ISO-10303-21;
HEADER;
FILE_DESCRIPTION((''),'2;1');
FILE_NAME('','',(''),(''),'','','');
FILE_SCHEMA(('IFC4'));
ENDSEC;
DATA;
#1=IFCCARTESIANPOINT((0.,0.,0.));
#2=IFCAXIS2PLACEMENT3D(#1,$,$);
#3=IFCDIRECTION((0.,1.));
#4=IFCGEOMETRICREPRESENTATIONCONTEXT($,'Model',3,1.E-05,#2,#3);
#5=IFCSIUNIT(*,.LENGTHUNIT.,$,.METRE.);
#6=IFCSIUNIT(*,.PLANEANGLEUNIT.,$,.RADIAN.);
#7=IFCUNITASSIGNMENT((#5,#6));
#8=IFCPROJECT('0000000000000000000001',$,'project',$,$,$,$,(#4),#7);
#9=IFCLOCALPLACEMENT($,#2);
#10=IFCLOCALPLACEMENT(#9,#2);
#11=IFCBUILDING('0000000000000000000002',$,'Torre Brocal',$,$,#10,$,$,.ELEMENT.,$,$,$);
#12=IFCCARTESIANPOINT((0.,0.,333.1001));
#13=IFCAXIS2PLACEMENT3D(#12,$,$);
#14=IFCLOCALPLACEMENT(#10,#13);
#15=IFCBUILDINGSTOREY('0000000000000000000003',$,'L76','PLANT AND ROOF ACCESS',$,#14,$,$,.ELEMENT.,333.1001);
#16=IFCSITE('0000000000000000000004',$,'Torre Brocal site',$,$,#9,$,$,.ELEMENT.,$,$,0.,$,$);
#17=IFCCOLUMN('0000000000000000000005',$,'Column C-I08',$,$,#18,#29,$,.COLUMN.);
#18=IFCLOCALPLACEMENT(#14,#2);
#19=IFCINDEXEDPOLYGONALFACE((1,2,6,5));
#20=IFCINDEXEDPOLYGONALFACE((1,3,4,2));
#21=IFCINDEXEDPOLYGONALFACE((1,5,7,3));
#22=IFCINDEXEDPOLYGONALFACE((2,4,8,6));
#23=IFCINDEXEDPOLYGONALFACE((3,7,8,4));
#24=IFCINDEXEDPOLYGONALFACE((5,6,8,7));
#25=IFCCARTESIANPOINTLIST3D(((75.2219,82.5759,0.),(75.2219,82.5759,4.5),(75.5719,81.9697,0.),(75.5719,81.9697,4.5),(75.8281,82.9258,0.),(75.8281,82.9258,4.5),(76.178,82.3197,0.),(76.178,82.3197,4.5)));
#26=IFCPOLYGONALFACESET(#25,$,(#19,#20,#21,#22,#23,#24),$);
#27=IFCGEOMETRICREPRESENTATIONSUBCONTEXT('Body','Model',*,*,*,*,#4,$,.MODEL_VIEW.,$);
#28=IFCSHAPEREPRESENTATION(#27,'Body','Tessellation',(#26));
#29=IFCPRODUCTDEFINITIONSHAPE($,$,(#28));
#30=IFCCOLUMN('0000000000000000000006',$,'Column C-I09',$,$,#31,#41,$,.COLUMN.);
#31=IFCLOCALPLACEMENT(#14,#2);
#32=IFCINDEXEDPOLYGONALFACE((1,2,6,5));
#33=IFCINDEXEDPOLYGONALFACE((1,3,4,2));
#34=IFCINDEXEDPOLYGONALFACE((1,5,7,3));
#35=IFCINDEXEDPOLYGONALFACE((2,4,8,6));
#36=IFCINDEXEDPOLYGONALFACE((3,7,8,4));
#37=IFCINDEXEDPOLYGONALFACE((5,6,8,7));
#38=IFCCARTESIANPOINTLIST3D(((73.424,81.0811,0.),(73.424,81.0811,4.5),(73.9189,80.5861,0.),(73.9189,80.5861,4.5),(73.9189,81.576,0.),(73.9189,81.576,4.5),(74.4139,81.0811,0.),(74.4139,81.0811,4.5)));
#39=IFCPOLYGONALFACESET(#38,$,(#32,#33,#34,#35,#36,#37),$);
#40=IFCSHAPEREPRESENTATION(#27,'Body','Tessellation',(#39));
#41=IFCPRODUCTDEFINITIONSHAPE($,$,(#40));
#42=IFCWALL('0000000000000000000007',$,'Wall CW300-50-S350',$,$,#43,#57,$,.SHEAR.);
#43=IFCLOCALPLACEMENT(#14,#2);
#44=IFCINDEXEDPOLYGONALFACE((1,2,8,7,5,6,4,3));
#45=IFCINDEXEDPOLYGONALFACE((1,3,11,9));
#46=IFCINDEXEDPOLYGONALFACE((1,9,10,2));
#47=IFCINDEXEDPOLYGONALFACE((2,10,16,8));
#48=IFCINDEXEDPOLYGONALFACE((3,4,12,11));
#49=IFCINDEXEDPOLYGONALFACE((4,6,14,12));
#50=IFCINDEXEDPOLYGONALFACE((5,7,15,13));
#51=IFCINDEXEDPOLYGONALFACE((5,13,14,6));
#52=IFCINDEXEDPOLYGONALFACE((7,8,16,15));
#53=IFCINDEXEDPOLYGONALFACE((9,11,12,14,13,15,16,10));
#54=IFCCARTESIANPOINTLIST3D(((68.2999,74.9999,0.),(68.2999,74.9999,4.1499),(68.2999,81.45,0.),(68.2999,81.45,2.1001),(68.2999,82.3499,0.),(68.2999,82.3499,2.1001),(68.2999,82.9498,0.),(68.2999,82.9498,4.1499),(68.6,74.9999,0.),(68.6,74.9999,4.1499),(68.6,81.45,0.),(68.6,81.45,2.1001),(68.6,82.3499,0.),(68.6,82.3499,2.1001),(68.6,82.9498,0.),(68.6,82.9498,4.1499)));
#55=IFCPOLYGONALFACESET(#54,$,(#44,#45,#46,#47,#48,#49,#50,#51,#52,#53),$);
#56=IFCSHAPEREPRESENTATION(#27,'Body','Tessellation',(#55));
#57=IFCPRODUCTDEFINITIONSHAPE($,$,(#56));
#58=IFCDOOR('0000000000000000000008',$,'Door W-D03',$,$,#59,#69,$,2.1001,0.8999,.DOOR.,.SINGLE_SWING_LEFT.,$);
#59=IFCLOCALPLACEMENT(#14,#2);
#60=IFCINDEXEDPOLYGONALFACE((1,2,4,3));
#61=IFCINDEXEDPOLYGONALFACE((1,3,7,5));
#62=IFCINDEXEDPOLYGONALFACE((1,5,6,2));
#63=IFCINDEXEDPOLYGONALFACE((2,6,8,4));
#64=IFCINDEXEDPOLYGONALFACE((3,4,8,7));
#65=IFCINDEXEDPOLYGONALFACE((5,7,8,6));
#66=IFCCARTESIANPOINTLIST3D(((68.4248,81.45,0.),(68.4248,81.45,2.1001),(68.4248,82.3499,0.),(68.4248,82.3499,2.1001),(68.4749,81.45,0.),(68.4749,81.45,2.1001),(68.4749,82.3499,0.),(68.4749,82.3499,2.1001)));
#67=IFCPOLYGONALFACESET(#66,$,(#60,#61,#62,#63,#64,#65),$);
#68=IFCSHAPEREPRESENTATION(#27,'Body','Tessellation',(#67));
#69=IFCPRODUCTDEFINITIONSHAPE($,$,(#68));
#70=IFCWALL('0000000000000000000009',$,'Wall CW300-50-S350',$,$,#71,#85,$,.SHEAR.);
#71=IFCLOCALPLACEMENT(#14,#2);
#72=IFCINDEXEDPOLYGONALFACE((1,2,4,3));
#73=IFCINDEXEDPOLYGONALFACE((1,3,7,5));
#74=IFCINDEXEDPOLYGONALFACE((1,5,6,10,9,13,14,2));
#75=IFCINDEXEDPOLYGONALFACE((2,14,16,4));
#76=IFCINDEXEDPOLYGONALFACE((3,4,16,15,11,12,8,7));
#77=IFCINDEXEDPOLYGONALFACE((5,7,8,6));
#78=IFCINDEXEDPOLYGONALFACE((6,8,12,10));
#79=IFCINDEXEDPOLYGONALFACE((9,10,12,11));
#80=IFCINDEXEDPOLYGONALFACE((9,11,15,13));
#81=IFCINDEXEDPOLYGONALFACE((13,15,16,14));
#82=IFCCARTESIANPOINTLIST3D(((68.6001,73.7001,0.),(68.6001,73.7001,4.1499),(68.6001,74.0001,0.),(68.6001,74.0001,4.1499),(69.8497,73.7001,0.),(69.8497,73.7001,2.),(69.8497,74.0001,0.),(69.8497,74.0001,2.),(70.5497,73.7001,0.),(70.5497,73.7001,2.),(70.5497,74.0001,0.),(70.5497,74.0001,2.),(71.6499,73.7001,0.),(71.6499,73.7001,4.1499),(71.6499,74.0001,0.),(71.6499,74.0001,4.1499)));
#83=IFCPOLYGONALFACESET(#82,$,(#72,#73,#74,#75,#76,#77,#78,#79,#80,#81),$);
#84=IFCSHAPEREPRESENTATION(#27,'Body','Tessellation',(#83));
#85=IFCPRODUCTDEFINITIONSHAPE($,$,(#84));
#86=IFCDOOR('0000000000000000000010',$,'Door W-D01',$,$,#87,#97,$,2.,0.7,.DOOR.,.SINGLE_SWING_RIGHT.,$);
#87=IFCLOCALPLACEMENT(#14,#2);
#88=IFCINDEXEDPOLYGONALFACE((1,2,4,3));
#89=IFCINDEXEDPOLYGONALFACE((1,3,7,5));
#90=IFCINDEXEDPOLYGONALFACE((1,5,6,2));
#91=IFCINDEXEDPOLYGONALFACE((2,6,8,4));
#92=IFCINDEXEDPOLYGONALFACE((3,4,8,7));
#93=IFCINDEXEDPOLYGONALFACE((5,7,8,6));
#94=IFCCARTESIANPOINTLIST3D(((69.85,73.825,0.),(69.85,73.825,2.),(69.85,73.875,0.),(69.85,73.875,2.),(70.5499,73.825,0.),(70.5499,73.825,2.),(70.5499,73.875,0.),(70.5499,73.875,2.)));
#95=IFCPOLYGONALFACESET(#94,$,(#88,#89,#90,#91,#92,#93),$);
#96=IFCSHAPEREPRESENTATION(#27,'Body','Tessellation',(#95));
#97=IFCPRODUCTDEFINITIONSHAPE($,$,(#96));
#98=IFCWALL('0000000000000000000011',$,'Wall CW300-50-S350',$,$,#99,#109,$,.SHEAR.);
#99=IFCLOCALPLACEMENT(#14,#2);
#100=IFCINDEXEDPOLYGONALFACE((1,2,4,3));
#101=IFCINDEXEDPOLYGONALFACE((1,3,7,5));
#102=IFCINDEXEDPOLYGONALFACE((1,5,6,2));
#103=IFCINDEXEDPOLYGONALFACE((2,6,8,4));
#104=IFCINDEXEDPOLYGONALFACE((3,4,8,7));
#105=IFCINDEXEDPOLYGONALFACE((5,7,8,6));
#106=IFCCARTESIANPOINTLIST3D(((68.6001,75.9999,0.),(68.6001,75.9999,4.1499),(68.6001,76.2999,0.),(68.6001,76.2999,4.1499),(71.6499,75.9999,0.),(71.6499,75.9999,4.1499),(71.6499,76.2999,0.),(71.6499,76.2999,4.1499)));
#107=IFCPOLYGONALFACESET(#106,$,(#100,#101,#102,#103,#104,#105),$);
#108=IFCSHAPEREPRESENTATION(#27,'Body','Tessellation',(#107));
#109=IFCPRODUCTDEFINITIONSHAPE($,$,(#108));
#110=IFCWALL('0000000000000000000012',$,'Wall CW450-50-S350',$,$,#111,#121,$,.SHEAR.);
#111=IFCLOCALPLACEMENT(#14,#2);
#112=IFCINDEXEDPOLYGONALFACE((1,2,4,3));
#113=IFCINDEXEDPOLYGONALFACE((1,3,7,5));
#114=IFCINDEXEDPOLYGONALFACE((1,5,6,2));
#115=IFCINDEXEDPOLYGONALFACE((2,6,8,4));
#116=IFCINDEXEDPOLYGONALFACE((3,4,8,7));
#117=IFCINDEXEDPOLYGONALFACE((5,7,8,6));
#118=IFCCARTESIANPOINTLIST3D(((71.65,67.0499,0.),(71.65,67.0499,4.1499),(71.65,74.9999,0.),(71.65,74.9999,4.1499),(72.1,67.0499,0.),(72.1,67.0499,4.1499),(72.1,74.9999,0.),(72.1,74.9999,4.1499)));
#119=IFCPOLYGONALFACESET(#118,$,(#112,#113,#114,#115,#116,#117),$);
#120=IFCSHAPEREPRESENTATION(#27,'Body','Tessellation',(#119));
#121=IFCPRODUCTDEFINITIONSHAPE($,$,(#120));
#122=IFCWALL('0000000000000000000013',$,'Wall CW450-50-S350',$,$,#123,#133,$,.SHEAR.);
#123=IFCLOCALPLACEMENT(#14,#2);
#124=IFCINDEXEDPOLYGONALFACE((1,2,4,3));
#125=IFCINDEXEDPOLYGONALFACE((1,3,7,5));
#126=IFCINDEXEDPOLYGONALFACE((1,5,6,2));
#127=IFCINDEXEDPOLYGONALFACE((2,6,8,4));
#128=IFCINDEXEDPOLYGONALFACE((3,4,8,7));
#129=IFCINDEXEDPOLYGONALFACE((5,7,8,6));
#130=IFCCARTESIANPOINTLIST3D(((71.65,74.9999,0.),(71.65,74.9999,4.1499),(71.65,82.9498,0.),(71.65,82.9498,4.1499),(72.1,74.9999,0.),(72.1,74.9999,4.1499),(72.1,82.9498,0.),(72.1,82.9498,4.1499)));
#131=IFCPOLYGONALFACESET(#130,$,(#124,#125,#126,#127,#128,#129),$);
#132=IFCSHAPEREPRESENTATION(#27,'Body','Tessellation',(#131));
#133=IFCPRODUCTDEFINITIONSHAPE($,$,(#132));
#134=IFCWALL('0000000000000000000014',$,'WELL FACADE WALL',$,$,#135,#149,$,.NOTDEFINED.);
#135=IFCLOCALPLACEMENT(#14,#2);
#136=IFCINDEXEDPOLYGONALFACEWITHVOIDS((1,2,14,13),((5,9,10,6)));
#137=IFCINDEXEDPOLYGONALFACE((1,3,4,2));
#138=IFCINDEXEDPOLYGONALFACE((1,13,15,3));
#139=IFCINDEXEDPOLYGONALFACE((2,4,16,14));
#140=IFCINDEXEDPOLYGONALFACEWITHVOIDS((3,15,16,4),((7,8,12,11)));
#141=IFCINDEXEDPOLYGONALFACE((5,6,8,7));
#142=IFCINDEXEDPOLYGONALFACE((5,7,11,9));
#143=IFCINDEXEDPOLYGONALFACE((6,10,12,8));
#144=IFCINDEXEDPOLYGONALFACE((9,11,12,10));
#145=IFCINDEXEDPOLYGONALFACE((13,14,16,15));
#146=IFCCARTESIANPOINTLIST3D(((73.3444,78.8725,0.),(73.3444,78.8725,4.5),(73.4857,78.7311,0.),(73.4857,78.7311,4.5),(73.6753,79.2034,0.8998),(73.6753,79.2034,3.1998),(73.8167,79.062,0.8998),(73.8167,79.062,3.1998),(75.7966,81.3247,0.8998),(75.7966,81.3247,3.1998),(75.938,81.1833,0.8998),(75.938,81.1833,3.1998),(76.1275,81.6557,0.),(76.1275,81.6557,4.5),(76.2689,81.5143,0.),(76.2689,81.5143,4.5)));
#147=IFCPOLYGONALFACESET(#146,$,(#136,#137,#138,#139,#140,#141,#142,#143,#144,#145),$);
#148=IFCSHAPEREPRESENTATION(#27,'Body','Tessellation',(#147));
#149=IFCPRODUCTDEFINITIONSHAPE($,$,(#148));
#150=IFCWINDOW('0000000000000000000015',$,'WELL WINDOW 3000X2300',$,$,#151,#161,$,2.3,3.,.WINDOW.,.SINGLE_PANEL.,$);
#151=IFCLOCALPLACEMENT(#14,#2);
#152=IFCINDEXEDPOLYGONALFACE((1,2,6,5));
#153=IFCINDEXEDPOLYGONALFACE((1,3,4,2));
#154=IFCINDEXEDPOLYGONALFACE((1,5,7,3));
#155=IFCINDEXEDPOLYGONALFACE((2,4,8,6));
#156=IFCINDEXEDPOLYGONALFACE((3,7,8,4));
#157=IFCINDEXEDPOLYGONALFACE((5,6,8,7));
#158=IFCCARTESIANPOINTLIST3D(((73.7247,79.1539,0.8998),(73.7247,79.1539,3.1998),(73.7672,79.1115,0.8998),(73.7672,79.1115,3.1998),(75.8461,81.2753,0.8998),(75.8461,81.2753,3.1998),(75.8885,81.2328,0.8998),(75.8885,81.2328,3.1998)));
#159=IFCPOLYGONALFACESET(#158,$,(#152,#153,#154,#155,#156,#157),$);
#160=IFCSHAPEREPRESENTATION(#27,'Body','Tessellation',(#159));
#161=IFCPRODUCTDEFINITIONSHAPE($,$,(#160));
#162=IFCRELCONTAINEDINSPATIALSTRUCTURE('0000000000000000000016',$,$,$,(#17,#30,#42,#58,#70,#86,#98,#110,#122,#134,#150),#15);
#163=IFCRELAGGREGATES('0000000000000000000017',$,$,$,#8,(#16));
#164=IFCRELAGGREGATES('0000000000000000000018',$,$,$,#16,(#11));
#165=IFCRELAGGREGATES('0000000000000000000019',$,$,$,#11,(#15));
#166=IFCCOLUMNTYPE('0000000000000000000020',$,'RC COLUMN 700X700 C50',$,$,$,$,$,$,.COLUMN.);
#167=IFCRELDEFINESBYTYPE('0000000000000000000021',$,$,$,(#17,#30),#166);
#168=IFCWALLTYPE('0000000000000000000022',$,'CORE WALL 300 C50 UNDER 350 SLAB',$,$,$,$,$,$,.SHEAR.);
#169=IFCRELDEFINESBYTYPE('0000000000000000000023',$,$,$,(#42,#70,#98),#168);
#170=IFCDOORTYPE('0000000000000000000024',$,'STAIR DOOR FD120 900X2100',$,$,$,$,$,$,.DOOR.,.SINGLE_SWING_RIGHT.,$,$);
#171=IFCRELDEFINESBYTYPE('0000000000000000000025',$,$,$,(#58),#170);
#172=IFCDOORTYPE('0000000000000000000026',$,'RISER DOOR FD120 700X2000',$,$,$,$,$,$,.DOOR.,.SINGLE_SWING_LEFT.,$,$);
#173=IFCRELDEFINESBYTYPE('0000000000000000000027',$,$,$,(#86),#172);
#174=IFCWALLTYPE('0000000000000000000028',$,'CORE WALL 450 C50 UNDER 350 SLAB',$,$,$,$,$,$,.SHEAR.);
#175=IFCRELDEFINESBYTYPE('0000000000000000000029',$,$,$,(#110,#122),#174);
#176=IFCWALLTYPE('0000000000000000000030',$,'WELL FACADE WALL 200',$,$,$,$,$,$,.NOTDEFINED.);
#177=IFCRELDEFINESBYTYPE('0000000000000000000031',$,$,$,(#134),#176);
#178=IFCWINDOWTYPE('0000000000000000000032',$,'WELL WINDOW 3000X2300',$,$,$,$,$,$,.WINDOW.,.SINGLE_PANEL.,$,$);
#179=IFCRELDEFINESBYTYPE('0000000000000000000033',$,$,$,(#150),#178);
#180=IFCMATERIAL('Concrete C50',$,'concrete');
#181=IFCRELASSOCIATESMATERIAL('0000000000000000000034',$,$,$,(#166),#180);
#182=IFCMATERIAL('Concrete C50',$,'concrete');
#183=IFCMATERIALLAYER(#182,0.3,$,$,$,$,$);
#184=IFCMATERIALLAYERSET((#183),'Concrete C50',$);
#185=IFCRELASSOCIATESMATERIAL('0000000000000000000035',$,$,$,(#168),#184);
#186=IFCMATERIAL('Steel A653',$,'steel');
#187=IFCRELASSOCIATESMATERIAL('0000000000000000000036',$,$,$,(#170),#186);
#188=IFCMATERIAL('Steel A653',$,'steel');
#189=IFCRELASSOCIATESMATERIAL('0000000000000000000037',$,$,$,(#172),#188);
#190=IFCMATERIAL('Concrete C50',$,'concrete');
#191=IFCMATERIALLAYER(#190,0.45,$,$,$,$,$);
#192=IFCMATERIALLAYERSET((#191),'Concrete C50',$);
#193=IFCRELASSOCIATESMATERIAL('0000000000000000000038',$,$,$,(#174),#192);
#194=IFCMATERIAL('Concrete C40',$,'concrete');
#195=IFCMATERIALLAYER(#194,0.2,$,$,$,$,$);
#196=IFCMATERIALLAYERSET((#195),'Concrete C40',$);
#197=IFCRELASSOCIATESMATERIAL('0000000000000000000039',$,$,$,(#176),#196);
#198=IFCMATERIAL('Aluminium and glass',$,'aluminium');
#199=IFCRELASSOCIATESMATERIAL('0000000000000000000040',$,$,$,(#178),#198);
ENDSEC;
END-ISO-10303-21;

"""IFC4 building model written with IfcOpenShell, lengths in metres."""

from ifc_helpers import new_model, si_unit, direction, frame, frame_2d, origin, origin_2d, place, context, subcontext, project, spatial, rectangle, extrude, material, layer, layer_set, material_profile, profile_set, type_object, element, fill, save


model = new_model("IFC4")

# Units and contexts
model_context = context("Model", 3, precision=1e-05, world=origin(), true_north=direction((0.0, 1.0)))
body_context = subcontext(model_context, "Body", "Model", "MODEL_VIEW")
ifc_project = project(units=[si_unit("LENGTHUNIT", "METRE"), si_unit("PLANEANGLEUNIT", "RADIAN")], contexts=[model_context])

# Site, building, storey
site_placement = place(None, origin())
site = spatial("IfcSite", under=ifc_project, at=site_placement, Name="Torre Brocal site", CompositionType="ELEMENT", RefElevation=0.0)
building_placement = place(site_placement, origin())
building = spatial("IfcBuilding", under=site, at=building_placement, Name="Torre Brocal", CompositionType="ELEMENT")
storey_placement = place(building_placement, frame((0.0, 0.0, 333.1001)))
storey = spatial("IfcBuildingStorey", under=building, at=storey_placement, Name="L76", Description="PLANT AND ROOF ACCESS", CompositionType="ELEMENT", Elevation=333.1001)

# Columns
ifc_material_1 = material(Name="Concrete C50", Category="concrete")
ifc_material_profile = material_profile(ifc_material_1, rectangle(XDim=0.7, YDim=0.7, at=origin_2d()), Name="RC 700X700")
ifc_profile_set = profile_set([ifc_material_profile], Name="Concrete C50")
column_type = type_object("IfcColumnType", Name="RC COLUMN 700X700 C50", PredefinedType="COLUMN", material=ifc_profile_set)
for number, where, z_axis, x_axis, name in (
    (1, (75.7, 82.4478, 0.0), (0.0, 0.0, 1.0), (-0.5, 0.866025, 0.0), "Column C-I08"),
    (2, (73.9189, 81.0811, 0.0), (0.0, 0.0, 1.0), (-0.707107, 0.707107, 0.0), "Column C-I09"),
):
    element("IfcColumn", number, at=place(storey_placement, frame(where, z_axis=z_axis, x_axis=x_axis)), inside=storey, type_object=column_type, Name=name, PredefinedType="COLUMN", context=body_context, shape_type="SweptSolid", body=[
        extrude(rectangle(XDim=0.7, YDim=0.7, at=origin_2d()), origin(), (0.0, 0.0, 1.0), 4.5),
    ])

# Walls, openings, doors
ifc_material_2 = material(Name="Concrete C50", Category="concrete")
ifc_layer_1 = layer(ifc_material_2, 0.3)
ifc_layer_set_1 = layer_set([ifc_layer_1], Name="Concrete C50")
wall_type_1 = type_object("IfcWallType", Name="CORE WALL 300 C50 UNDER 350 SLAB", PredefinedType="SHEAR", material=ifc_layer_set_1)
wall_1_placement = place(storey_placement, frame((68.45, 82.95, 0.0), z_axis=(0.0, 0.0, 1.0), x_axis=(0.0, -1.0, 0.0)))
wall_1 = element("IfcWall", 3, at=wall_1_placement, inside=storey, type_object=wall_type_1, Name="Wall CW300-50-S350", PredefinedType="SHEAR", context=body_context, shape_type="SweptSolid", body=[
    extrude(rectangle(XDim=7.95, YDim=0.3, at=frame_2d((3.9751, 0.0))), origin(), (0.0, 0.0, 1.0), 4.1499),
])
opening_1_placement = place(wall_1_placement, frame((0.6001, 0.0, 0.0)))
opening_1 = element("IfcOpeningElement", 4, at=opening_1_placement, cuts=wall_1, PredefinedType="OPENING", context=body_context, shape_type="SweptSolid", body=[
    extrude(rectangle(XDim=0.8999, YDim=2.1001, at=frame_2d((0.45, 1.05))), frame((0.0, 0.1599, 0.0), z_axis=(0.0, -1.0, 0.0), x_axis=(1.0, 0.0, 0.0)), (0.0, 0.0, 1.0), 0.3201),
])
ifc_material_3 = material(Name="Steel A653", Category="steel")
door_type_1 = type_object("IfcDoorType", Name="STAIR DOOR FD120 900X2100", OperationType="SINGLE_SWING_RIGHT", PredefinedType="DOOR", material=ifc_material_3)
door_1_placement = place(opening_1_placement, origin())
door_1 = element("IfcDoor", 5, at=door_1_placement, inside=storey, type_object=door_type_1, Name="Door W-D03", OperationType="SINGLE_SWING_LEFT", OverallHeight=2.1001, OverallWidth=0.8999, PredefinedType="DOOR", context=body_context, shape_type="SweptSolid", body=[
    extrude(rectangle(XDim=0.8999, YDim=2.1001, at=frame_2d((0.45, 1.05))), frame((0.0, 0.0249, 0.0), z_axis=(0.0, -1.0, 0.0), x_axis=(1.0, 0.0, 0.0)), (0.0, 0.0, 1.0), 0.05),
])
fill(opening_1, door_1)
wall_2_placement = place(storey_placement, frame((71.6499, 73.8501, 0.0), z_axis=(0.0, 0.0, 1.0), x_axis=(-1.0, 0.0, 0.0)))
wall_2 = element("IfcWall", 6, at=wall_2_placement, inside=storey, type_object=wall_type_1, Name="Wall CW300-50-S350", PredefinedType="SHEAR", context=body_context, shape_type="SweptSolid", body=[
    extrude(rectangle(XDim=3.0498, YDim=0.3, at=frame_2d((1.5249, 0.0))), origin(), (0.0, 0.0, 1.0), 4.1499),
])
opening_2_placement = place(wall_2_placement, frame((1.1001, 0.0, 0.0)))
opening_2 = element("IfcOpeningElement", 7, at=opening_2_placement, cuts=wall_2, PredefinedType="OPENING", context=body_context, shape_type="SweptSolid", body=[
    extrude(rectangle(XDim=0.7, YDim=2.0, at=frame_2d((0.3501, 1.0))), frame((0.0, 0.1599, 0.0), z_axis=(0.0, -1.0, 0.0), x_axis=(1.0, 0.0, 0.0)), (0.0, 0.0, 1.0), 0.3201),
])
ifc_material_4 = material(Name="Steel A653", Category="steel")
door_type_2 = type_object("IfcDoorType", Name="RISER DOOR FD120 700X2000", OperationType="SINGLE_SWING_LEFT", PredefinedType="DOOR", material=ifc_material_4)
door_2_placement = place(opening_2_placement, frame((0.7, 0.0, 0.0), z_axis=(0.0, 0.0, 1.0), x_axis=(-1.0, 0.0, 0.0)))
door_2 = element("IfcDoor", 8, at=door_2_placement, inside=storey, type_object=door_type_2, Name="Door W-D01", OperationType="SINGLE_SWING_RIGHT", OverallHeight=2.0, OverallWidth=0.7, PredefinedType="DOOR", context=body_context, shape_type="SweptSolid", body=[
    extrude(rectangle(XDim=0.7, YDim=2.0, at=frame_2d((0.3501, 1.0))), frame((0.0, 0.0249, 0.0), z_axis=(0.0, -1.0, 0.0), x_axis=(1.0, 0.0, 0.0)), (0.0, 0.0, 1.0), 0.05),
])
fill(opening_2, door_2)

# Walls
wall_3_placement = place(storey_placement, frame((71.6499, 76.1499, 0.0), z_axis=(0.0, 0.0, 1.0), x_axis=(-1.0, 0.0, 0.0)))
element("IfcWall", 9, at=wall_3_placement, inside=storey, type_object=wall_type_1, Name="Wall CW300-50-S350", PredefinedType="SHEAR", context=body_context, shape_type="SweptSolid", body=[
    extrude(rectangle(XDim=3.0498, YDim=0.3, at=frame_2d((1.5249, 0.0))), origin(), (0.0, 0.0, 1.0), 4.1499),
])
ifc_material_5 = material(Name="Concrete C50", Category="concrete")
ifc_layer_2 = layer(ifc_material_5, 0.45)
ifc_layer_set_2 = layer_set([ifc_layer_2], Name="Concrete C50")
wall_type_2 = type_object("IfcWallType", Name="CORE WALL 450 C50 UNDER 350 SLAB", PredefinedType="SHEAR", material=ifc_layer_set_2)
for number, where, z_axis, x_axis, name in (
    (10, (71.875, 75.0, 0.0), (0.0, 0.0, 1.0), (0.0, -1.0, 0.0), "Wall CW450-50-S350"),
    (11, (71.875, 82.95, 0.0), (0.0, 0.0, 1.0), (0.0, -1.0, 0.0), "Wall CW450-50-S350"),
):
    element("IfcWall", number, at=place(storey_placement, frame(where, z_axis=z_axis, x_axis=x_axis)), inside=storey, type_object=wall_type_2, Name=name, PredefinedType="SHEAR", context=body_context, shape_type="SweptSolid", body=[
        extrude(rectangle(XDim=7.95, YDim=0.45, at=frame_2d((3.9751, 0.0))), origin(), (0.0, 0.0, 1.0), 4.1499),
    ])

# Wall, opening, window
ifc_material_6 = material(Name="Concrete C40", Category="concrete")
ifc_layer_3 = layer(ifc_material_6, 0.2)
ifc_layer_set_3 = layer_set([ifc_layer_3], Name="Concrete C40")
wall_type_3 = type_object("IfcWallType", Name="WELL FACADE WALL 200", PredefinedType="NOTDEFINED", material=ifc_layer_set_3)
wall_4_placement = place(storey_placement, frame((76.1982, 81.585, 0.0), z_axis=(0.0, 0.0, 1.0), x_axis=(-0.707107, -0.707107, 0.0)))
wall_4 = element("IfcWall", 12, at=wall_4_placement, inside=storey, type_object=wall_type_3, Name="WELL FACADE WALL", PredefinedType="NOTDEFINED", context=body_context, shape_type="SweptSolid", body=[
    extrude(rectangle(XDim=3.936, YDim=0.2, at=frame_2d((1.968, 0.0))), origin(), (0.0, 0.0, 1.0), 4.5),
])
opening_3_placement = place(wall_4_placement, frame((0.468, 0.0, 0.8999)))
opening_3 = element("IfcOpeningElement", 13, at=opening_3_placement, cuts=wall_4, PredefinedType="OPENING", context=body_context, shape_type="SweptSolid", body=[
    extrude(rectangle(XDim=3.0, YDim=2.3, at=frame_2d((1.5, 1.1499))), frame((0.0, 0.1099, 0.0), z_axis=(0.0, -1.0, 0.0), x_axis=(1.0, 0.0, 0.0)), (0.0, 0.0, 1.0), 0.22),
])
ifc_material_7 = material(Name="Aluminium and glass", Category="aluminium")
window_type = type_object("IfcWindowType", Name="WELL WINDOW 3000X2300", PartitioningType="SINGLE_PANEL", PredefinedType="WINDOW", material=ifc_material_7)
window_1_placement = place(opening_3_placement, origin())
window_1 = element("IfcWindow", 14, at=window_1_placement, inside=storey, type_object=window_type, Name="WELL WINDOW 3000X2300", OverallHeight=2.3, OverallWidth=3.0, PartitioningType="SINGLE_PANEL", PredefinedType="WINDOW", context=body_context, shape_type="SweptSolid", body=[
    extrude(rectangle(XDim=3.0, YDim=2.3, at=frame_2d((1.5, 1.1499))), frame((0.0, 0.03, 0.0), z_axis=(0.0, -1.0, 0.0), x_axis=(1.0, 0.0, 0.0)), (0.0, 0.0, 1.0), 0.0601),
])
fill(opening_3, window_1)

save(model, "model.ifc")
